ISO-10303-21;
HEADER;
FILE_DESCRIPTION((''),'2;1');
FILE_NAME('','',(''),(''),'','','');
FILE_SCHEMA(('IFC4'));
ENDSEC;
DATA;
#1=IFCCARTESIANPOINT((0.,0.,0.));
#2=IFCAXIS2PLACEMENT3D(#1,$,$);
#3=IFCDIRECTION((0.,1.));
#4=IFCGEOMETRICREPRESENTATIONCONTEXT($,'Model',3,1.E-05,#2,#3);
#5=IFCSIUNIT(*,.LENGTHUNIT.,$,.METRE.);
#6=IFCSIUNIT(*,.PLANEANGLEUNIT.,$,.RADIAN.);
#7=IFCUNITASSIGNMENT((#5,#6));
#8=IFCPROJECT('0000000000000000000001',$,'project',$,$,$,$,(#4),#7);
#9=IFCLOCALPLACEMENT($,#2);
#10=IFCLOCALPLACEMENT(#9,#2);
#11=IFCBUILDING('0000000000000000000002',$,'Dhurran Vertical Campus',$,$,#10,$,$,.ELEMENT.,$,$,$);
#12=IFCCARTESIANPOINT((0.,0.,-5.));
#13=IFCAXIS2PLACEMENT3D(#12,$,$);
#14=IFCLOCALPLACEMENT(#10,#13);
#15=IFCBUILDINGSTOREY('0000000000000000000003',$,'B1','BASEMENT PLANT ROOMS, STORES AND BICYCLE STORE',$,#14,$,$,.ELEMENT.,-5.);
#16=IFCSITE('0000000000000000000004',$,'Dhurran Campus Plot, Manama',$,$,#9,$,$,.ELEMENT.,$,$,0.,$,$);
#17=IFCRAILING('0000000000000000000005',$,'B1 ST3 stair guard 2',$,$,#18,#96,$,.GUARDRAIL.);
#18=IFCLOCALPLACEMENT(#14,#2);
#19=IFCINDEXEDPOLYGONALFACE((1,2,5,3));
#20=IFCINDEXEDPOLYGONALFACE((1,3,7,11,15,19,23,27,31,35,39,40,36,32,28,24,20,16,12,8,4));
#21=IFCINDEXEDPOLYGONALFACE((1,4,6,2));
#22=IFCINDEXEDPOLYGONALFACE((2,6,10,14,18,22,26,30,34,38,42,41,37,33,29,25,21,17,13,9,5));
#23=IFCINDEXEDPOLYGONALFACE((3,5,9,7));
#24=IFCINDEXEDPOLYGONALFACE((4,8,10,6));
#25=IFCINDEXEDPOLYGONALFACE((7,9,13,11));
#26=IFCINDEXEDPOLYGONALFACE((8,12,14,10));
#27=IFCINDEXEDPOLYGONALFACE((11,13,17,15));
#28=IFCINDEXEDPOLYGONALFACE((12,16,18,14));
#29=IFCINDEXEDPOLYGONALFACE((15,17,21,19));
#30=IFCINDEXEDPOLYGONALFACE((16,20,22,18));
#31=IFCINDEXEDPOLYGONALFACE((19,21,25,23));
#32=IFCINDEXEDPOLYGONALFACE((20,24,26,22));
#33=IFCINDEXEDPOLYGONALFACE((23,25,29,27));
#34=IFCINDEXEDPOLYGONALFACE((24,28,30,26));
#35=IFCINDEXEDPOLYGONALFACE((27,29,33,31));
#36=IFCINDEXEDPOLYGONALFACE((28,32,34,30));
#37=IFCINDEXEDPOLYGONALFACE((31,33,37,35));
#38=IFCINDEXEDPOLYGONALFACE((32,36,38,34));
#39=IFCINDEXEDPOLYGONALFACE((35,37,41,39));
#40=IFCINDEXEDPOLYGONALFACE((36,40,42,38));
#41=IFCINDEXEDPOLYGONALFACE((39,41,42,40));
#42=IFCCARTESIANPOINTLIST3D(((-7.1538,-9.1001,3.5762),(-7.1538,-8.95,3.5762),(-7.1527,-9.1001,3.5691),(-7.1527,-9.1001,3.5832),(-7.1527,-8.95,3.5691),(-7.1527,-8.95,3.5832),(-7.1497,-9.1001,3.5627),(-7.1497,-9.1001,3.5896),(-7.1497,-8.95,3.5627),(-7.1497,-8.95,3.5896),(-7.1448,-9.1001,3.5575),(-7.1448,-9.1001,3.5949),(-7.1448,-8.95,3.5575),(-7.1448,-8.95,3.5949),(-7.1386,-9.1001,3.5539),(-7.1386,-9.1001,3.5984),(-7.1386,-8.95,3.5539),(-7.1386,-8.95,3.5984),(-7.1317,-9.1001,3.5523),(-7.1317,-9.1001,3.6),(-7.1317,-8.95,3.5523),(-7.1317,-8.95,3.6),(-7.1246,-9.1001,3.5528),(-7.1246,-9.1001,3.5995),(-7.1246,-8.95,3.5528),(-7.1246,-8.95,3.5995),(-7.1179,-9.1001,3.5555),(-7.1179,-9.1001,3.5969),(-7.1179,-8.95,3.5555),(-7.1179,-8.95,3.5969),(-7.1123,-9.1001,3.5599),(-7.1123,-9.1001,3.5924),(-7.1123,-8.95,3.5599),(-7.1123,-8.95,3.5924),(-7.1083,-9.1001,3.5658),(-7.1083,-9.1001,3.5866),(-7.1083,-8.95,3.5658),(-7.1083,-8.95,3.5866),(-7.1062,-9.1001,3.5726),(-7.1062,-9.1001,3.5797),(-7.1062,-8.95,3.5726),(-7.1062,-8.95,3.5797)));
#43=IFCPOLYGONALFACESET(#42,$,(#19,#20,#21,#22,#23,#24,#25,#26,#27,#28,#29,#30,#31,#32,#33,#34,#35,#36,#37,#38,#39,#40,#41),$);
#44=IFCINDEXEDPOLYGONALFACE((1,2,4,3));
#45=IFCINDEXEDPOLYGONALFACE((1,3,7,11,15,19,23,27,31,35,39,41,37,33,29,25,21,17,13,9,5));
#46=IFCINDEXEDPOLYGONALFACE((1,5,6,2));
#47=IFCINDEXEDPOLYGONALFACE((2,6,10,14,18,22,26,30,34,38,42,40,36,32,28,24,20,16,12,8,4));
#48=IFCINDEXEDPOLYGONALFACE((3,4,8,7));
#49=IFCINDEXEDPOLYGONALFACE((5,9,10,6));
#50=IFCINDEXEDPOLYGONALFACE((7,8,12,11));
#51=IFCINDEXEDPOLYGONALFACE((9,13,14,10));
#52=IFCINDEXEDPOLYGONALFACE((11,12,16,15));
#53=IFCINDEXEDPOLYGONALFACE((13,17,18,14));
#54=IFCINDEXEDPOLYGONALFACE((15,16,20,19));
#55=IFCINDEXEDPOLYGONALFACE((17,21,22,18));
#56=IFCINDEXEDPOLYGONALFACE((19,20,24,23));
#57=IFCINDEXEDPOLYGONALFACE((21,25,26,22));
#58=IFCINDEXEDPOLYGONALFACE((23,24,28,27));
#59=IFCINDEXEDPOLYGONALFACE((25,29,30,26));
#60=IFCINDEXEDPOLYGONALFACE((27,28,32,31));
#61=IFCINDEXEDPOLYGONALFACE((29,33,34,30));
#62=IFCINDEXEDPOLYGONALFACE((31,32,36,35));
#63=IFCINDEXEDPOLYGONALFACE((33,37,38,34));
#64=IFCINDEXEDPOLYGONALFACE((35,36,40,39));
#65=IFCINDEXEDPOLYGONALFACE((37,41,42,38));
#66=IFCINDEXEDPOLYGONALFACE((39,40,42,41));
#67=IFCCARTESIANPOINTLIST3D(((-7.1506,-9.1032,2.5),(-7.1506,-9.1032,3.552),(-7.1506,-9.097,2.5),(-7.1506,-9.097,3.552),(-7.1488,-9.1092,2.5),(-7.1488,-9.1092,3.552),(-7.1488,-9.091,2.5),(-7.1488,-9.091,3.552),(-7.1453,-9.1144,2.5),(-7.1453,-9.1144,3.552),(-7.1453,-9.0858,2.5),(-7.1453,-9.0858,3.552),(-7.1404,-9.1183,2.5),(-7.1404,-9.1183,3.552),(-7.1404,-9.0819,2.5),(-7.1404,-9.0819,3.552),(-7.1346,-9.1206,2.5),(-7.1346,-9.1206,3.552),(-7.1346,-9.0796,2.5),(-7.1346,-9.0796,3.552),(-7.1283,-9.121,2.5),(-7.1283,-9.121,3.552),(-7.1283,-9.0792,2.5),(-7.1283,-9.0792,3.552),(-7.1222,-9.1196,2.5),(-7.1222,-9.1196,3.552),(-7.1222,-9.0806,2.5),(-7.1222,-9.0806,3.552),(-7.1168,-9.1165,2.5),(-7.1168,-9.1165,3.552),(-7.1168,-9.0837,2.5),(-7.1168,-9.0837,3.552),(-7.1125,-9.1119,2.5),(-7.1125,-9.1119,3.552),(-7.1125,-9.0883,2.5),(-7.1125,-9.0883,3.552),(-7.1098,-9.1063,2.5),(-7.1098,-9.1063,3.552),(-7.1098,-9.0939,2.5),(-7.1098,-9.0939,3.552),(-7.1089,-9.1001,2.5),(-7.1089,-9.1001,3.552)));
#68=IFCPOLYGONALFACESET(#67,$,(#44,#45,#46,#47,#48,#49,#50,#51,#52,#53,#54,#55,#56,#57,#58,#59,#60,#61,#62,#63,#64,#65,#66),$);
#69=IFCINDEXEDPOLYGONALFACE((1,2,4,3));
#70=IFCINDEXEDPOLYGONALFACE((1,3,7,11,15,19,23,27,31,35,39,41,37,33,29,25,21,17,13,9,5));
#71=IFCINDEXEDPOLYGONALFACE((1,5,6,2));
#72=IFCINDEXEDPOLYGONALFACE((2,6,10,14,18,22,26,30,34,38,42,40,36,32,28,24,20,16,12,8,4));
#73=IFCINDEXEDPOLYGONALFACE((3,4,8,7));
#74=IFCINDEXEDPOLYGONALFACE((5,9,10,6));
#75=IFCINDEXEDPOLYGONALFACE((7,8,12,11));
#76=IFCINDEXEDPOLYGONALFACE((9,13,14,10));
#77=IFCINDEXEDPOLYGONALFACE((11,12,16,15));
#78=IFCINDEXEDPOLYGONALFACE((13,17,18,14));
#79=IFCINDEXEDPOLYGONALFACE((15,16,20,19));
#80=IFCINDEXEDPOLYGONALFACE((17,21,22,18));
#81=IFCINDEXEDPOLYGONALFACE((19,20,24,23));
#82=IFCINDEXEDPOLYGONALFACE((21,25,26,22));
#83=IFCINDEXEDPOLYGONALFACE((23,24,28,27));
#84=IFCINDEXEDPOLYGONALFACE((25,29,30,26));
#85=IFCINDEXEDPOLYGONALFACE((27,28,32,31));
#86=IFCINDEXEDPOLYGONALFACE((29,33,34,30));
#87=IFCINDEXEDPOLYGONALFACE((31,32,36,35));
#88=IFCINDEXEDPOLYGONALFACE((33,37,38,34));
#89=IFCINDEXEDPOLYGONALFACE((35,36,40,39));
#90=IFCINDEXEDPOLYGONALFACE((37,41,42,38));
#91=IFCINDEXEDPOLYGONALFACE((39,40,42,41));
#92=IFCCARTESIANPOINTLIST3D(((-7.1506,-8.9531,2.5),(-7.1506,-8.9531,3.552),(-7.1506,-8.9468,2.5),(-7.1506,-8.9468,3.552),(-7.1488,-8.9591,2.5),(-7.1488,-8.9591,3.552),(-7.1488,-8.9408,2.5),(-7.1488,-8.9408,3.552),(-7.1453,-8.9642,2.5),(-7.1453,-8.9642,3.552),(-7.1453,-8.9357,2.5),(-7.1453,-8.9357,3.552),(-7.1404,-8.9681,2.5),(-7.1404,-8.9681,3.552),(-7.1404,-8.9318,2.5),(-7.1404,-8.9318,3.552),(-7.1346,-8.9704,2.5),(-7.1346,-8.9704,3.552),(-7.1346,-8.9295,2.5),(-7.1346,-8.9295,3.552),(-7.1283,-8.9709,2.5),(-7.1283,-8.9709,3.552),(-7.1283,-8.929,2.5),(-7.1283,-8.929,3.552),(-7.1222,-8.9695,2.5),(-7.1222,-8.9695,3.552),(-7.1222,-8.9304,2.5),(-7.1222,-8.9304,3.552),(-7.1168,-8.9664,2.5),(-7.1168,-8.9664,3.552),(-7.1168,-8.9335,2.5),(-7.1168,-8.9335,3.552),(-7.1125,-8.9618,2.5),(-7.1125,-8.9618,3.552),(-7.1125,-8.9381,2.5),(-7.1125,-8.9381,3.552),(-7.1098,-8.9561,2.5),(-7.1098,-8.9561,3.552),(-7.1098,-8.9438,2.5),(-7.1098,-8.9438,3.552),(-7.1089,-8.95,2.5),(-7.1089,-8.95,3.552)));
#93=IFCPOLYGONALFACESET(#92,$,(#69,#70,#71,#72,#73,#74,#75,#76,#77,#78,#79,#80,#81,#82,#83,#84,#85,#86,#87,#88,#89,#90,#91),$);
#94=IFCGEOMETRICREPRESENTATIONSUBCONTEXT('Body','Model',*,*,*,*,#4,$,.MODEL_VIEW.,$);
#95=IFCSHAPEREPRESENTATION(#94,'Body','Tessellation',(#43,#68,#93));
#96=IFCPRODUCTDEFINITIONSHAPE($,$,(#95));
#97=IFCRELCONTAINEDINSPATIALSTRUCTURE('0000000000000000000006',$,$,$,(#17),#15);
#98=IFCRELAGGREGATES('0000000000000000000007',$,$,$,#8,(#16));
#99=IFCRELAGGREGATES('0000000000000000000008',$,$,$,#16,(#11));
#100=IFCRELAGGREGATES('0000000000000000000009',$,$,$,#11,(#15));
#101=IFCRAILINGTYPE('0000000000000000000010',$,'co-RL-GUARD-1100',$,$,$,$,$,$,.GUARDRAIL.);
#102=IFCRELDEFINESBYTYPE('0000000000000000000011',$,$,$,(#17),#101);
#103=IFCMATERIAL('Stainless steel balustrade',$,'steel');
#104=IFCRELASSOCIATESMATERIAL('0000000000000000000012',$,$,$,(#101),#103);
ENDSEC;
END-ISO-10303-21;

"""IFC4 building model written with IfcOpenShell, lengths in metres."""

from ifc_helpers import new_model, si_unit, direction, frame, origin, origin_2d, place, context, subcontext, project, spatial, circle, extrude, material, type_object, element, save


model = new_model("IFC4")

# Units and contexts
model_context = context("Model", 3, precision=1e-05, world=origin(), true_north=direction((0.0, 1.0)))
body_context = subcontext(model_context, "Body", "Model", "MODEL_VIEW")
ifc_project = project(units=[si_unit("LENGTHUNIT", "METRE"), si_unit("PLANEANGLEUNIT", "RADIAN")], contexts=[model_context])

# Site, building, storey
site_placement = place(None, origin())
site = spatial("IfcSite", under=ifc_project, at=site_placement, Name="Dhurran Campus Plot, Manama", CompositionType="ELEMENT", RefElevation=0.0)
building_placement = place(site_placement, origin())
building = spatial("IfcBuilding", under=site, at=building_placement, Name="Dhurran Vertical Campus", CompositionType="ELEMENT")
storey_placement = place(building_placement, frame((0.0, 0.0, -5.0)))
storey = spatial("IfcBuildingStorey", under=building, at=storey_placement, Name="B1", Description="BASEMENT PLANT ROOMS, STORES AND BICYCLE STORE", CompositionType="ELEMENT", Elevation=-5.0)

# Railing
ifc_material_1 = material(Name="Stainless steel balustrade", Category="steel")
railing_type_1 = type_object("IfcRailingType", Name="co-RL-GUARD-1100", PredefinedType="GUARDRAIL", material=ifc_material_1)
railing_1_placement = place(storey_placement, frame((-7.1299, -9.1001, 2.5)))
element("IfcRailing", 1, at=railing_1_placement, inside=storey, type_object=railing_type_1, Name="B1 ST3 stair guard 2", PredefinedType="GUARDRAIL", context=body_context, shape_type="SweptSolid", body=[
    extrude(circle(Radius=0.0239, at=origin_2d()), frame((0.0, 0.0, 1.0762), z_axis=(0.0, 1.0, 0.0), x_axis=(-1.0, 0.0, 0.0)), (0.0, 0.0, 1.0), 0.1501),
    extrude(circle(Radius=0.021, at=origin_2d()), origin(), (0.0, 0.0, 1.0), 1.052),
    extrude(circle(Radius=0.021, at=origin_2d()), frame((0.0, 0.1501, 0.0)), (0.0, 0.0, 1.0), 1.052),
])

save(model, "model.ifc")
